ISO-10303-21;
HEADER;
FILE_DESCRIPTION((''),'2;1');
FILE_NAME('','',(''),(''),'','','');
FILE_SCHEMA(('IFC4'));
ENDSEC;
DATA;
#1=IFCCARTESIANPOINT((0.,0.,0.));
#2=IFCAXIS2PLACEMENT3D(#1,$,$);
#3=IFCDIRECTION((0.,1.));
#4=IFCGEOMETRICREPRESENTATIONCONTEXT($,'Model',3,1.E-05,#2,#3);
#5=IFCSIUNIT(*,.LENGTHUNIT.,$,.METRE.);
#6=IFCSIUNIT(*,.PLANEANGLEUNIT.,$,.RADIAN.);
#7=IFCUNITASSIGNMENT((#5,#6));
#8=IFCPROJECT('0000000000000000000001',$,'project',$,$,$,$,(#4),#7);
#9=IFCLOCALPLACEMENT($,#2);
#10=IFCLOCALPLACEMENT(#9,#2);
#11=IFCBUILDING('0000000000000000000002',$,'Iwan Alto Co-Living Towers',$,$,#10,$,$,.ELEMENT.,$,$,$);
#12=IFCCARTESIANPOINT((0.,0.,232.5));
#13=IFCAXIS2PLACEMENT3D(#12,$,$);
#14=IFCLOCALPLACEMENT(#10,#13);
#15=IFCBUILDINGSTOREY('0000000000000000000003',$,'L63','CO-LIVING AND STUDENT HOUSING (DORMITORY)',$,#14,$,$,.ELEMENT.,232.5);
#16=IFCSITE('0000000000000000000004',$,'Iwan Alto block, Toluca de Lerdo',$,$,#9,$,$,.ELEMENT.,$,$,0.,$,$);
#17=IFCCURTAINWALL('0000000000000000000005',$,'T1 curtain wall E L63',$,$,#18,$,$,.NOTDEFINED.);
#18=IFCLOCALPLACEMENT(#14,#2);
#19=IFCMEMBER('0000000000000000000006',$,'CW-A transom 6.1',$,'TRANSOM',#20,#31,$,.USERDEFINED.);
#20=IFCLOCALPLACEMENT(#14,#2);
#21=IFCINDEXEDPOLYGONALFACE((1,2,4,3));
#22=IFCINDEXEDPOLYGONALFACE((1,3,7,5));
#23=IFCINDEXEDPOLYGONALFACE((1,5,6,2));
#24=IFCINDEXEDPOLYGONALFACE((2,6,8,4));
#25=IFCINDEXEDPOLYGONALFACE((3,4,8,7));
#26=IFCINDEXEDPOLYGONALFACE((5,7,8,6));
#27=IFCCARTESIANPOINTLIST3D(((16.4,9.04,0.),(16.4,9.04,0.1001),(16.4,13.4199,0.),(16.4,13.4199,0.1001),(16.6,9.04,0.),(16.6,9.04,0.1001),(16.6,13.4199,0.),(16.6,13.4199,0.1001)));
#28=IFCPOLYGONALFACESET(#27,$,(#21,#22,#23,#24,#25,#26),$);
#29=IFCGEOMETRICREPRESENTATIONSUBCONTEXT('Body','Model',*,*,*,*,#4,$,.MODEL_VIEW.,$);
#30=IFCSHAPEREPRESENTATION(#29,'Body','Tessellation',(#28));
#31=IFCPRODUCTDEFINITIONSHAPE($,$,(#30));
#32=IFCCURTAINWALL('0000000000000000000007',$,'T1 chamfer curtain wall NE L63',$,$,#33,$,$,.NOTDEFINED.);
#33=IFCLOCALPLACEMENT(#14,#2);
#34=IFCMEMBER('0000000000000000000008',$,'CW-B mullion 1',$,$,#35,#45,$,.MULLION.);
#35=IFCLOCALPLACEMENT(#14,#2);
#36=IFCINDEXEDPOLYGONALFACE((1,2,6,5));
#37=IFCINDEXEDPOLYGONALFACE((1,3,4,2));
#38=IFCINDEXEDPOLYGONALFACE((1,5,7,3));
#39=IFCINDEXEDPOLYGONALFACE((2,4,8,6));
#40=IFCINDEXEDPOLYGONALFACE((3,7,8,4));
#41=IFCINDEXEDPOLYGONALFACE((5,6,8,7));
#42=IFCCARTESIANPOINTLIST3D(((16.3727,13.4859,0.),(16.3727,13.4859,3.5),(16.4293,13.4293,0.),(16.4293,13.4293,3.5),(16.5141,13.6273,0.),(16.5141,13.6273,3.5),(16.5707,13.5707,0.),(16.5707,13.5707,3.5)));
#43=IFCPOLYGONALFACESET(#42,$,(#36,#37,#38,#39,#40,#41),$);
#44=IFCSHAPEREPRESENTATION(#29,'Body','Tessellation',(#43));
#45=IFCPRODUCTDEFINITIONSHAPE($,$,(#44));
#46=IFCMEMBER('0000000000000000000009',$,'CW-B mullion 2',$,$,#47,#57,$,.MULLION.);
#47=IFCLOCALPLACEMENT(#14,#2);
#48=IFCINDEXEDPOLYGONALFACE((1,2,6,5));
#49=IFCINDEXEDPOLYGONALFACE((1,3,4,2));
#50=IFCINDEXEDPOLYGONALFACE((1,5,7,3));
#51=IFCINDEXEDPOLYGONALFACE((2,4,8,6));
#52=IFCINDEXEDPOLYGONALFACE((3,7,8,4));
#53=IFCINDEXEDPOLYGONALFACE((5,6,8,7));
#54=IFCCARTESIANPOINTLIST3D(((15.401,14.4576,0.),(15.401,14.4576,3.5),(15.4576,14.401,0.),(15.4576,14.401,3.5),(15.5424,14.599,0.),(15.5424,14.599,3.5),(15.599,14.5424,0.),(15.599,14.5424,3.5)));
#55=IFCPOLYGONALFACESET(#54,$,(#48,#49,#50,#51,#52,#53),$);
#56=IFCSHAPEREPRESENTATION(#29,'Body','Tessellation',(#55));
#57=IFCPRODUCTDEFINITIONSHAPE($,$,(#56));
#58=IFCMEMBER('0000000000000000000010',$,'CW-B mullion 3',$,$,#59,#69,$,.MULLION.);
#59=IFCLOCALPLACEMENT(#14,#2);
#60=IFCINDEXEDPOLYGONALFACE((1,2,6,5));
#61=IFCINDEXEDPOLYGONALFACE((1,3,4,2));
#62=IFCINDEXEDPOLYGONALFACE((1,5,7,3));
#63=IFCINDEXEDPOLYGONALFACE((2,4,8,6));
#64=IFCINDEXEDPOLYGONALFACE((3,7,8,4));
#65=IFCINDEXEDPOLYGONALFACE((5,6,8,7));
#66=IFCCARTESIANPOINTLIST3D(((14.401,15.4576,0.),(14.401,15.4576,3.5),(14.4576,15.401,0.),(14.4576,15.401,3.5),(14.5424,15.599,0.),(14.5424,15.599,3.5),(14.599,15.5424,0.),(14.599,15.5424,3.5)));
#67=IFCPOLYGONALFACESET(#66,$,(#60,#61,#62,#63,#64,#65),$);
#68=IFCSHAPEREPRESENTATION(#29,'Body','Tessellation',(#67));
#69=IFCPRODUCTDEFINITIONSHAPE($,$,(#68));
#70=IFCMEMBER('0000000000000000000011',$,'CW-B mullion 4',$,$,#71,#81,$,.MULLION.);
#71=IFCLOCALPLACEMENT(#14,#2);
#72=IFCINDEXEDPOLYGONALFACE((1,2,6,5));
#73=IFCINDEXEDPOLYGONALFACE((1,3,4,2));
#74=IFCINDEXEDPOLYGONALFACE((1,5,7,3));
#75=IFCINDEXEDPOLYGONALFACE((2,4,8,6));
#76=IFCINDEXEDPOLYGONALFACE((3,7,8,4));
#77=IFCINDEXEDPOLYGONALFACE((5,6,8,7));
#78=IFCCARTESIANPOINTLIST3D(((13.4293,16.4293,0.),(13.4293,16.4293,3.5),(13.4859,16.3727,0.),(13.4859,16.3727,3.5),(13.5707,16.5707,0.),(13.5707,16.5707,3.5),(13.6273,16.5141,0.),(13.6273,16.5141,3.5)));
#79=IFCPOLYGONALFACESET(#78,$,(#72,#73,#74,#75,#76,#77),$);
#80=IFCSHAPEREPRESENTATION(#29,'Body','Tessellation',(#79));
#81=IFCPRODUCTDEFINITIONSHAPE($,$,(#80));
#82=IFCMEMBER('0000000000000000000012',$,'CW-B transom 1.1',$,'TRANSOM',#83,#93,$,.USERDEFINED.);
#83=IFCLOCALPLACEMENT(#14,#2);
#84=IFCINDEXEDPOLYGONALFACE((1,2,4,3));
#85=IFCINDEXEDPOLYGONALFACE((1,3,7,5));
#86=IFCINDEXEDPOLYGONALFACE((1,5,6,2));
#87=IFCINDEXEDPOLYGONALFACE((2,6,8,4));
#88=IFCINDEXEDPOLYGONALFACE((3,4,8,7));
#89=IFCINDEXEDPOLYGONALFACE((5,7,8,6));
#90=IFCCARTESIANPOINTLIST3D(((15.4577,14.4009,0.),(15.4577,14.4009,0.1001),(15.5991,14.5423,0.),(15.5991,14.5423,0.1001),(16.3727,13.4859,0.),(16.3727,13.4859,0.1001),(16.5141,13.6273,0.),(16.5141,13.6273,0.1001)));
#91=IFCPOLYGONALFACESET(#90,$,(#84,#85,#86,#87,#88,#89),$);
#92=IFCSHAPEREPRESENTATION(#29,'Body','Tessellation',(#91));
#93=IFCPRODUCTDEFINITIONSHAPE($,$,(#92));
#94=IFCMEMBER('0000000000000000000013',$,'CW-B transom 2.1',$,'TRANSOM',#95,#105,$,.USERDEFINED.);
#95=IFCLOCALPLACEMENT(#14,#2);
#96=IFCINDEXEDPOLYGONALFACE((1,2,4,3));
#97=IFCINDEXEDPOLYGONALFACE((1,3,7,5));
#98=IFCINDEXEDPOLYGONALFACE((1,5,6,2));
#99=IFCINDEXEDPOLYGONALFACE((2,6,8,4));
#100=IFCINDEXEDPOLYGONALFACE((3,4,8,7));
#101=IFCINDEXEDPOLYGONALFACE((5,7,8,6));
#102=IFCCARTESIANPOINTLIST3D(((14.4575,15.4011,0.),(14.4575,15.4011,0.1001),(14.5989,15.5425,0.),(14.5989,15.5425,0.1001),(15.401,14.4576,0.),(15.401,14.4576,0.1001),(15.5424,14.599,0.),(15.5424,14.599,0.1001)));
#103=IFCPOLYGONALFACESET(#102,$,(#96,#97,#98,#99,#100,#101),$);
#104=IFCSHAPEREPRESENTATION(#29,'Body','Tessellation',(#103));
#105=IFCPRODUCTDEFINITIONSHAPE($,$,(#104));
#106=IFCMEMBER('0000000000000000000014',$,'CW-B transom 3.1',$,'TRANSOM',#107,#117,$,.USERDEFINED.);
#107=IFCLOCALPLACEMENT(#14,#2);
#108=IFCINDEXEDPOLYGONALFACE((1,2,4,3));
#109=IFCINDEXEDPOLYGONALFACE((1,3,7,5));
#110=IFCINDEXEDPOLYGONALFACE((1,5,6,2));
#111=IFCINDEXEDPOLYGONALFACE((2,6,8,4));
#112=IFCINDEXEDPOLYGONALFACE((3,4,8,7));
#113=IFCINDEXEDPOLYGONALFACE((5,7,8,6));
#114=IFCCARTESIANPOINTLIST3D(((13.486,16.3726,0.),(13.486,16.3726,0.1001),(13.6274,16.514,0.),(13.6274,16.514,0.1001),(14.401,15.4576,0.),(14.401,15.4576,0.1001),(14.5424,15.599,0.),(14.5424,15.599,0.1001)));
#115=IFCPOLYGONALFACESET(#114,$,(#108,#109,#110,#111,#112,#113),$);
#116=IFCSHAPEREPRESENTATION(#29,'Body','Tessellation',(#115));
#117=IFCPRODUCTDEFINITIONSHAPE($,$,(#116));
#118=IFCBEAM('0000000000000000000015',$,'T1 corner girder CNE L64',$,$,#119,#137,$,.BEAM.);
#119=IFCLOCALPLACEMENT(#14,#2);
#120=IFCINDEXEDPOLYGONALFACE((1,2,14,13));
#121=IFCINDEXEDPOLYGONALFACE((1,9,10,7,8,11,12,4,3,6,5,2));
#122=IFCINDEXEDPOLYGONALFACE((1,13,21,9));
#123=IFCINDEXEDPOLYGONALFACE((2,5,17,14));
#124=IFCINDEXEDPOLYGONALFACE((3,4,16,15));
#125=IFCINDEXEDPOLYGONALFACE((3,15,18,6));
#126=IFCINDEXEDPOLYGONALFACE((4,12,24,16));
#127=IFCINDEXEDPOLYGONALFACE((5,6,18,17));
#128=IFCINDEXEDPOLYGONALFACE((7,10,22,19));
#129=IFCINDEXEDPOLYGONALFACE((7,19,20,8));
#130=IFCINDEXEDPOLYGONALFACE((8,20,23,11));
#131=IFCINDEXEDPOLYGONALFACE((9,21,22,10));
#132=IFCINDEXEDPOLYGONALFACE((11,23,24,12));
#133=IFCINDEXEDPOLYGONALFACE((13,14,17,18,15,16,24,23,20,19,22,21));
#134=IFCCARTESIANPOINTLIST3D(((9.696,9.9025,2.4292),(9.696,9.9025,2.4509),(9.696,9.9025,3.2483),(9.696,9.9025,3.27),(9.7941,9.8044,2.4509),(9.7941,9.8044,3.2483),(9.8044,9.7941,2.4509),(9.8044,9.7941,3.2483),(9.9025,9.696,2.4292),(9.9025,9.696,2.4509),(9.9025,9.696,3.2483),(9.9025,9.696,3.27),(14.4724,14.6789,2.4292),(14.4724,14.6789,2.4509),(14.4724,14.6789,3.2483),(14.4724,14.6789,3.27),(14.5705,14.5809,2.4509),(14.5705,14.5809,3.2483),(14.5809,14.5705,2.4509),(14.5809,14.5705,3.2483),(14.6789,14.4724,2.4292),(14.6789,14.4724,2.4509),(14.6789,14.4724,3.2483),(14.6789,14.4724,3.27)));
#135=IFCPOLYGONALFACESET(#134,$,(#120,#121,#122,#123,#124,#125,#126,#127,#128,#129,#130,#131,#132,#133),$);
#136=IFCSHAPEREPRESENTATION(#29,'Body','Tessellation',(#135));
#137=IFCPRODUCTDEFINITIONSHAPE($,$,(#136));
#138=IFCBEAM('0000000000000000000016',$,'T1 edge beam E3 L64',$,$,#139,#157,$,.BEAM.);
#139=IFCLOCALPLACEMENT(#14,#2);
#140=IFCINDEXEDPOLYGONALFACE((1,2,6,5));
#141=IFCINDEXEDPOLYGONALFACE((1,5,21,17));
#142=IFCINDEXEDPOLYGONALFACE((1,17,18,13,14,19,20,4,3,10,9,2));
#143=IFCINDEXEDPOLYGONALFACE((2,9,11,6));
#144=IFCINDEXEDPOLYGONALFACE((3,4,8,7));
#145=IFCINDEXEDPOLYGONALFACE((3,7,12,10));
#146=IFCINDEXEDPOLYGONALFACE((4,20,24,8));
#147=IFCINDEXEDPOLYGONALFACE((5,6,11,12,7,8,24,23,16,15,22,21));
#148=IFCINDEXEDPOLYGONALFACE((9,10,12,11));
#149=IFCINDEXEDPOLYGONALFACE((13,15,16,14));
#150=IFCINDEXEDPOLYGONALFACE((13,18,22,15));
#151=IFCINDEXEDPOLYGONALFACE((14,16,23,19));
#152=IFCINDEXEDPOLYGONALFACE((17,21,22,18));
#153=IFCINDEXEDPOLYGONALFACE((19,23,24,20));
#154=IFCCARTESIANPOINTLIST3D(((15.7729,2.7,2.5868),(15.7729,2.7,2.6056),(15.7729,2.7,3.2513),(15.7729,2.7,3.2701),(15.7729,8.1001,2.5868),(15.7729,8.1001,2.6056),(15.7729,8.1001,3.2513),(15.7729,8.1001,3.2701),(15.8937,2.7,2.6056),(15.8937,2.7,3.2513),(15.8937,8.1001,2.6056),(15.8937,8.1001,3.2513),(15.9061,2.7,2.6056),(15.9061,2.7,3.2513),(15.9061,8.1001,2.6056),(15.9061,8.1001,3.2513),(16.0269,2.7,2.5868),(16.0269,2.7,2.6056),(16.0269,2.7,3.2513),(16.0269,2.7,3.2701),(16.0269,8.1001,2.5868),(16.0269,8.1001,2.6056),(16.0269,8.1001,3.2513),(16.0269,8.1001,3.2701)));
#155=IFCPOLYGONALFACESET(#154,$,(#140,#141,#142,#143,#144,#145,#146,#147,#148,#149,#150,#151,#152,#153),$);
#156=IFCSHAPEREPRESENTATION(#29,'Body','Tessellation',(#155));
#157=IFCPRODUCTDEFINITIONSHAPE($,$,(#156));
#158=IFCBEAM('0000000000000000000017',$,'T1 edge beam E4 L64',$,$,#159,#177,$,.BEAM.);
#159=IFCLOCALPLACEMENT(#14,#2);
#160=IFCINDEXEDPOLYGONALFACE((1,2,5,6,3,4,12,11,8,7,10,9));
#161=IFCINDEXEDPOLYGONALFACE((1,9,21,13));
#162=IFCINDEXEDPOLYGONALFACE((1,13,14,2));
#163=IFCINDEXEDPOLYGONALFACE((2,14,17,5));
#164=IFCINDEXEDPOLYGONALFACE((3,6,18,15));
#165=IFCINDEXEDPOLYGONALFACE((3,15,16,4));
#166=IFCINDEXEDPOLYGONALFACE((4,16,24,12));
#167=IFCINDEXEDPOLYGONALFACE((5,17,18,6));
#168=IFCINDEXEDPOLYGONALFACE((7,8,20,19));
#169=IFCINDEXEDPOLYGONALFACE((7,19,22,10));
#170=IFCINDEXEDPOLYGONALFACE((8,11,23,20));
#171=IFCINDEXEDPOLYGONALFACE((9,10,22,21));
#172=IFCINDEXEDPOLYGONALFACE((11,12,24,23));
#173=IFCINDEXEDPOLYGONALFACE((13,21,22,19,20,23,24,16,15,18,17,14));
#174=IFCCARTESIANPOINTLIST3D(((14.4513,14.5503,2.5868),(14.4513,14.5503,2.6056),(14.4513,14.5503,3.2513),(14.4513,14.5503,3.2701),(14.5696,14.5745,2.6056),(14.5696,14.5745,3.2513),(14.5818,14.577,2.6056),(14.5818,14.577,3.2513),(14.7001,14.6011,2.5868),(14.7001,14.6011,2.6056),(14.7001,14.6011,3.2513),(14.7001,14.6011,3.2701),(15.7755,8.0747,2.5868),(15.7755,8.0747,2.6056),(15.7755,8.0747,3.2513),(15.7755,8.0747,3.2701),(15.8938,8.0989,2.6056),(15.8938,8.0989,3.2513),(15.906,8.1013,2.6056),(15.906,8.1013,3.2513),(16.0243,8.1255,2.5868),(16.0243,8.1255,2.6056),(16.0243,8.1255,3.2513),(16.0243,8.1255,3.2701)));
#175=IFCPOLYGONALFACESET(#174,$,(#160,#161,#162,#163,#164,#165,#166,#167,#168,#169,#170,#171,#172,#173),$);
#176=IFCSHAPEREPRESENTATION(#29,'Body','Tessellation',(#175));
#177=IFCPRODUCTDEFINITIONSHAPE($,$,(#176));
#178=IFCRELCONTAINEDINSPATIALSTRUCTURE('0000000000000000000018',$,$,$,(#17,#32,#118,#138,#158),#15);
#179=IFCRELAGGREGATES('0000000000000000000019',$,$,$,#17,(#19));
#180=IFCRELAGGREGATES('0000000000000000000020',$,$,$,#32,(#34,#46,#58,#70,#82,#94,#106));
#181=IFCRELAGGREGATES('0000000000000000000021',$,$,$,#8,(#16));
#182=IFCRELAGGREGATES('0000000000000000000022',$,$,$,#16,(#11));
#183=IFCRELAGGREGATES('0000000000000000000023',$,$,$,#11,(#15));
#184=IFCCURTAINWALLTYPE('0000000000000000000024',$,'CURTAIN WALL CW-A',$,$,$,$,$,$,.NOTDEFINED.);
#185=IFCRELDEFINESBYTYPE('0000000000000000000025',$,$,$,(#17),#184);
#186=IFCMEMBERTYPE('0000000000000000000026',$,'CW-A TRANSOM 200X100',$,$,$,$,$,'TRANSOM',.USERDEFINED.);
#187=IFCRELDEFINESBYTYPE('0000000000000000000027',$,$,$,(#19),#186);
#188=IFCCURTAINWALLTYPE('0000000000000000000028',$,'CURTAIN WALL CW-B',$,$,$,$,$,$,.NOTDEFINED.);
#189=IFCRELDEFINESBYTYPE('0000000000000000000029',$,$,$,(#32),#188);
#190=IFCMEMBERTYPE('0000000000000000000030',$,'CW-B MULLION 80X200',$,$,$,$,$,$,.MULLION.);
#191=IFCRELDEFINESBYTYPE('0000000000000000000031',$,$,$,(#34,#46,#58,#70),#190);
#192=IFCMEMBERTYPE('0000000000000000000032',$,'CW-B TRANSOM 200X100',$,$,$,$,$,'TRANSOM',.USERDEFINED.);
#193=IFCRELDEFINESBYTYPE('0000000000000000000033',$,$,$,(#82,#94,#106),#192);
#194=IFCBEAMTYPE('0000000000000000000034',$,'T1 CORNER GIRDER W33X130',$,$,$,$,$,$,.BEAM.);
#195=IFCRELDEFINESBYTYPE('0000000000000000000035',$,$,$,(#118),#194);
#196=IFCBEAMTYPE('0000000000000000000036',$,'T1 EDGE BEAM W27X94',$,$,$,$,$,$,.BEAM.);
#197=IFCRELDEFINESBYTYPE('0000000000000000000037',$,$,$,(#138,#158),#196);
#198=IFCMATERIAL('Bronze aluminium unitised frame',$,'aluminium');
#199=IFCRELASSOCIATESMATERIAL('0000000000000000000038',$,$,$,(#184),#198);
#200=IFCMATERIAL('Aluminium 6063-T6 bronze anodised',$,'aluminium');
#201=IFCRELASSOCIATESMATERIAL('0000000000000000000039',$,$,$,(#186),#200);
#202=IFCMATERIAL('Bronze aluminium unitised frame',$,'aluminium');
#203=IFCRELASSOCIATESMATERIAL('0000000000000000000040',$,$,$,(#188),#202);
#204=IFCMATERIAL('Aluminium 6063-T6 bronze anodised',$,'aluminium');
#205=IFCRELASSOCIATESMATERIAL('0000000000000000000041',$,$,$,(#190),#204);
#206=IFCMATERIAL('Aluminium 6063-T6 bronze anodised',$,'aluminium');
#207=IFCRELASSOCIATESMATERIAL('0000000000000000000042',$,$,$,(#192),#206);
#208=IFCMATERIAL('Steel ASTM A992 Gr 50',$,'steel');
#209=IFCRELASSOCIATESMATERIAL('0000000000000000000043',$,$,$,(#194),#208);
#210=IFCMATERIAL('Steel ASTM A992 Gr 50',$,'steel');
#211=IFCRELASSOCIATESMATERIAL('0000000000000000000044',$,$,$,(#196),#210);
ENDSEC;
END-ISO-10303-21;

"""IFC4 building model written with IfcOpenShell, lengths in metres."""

from ifc_helpers import new_model, si_unit, direction, frame, origin, origin_2d, place, context, subcontext, project, spatial, rectangle, i_section, extrude, material, material_profile, profile_set, type_object, element, aggregate, save


model = new_model("IFC4")

# Units and contexts
model_context = context("Model", 3, precision=1e-05, world=origin(), true_north=direction((0.0, 1.0)))
body_context = subcontext(model_context, "Body", "Model", "MODEL_VIEW")
ifc_project = project(units=[si_unit("LENGTHUNIT", "METRE"), si_unit("PLANEANGLEUNIT", "RADIAN")], contexts=[model_context])

# Site, building, storey
site_placement = place(None, origin())
site = spatial("IfcSite", under=ifc_project, at=site_placement, Name="Iwan Alto block, Toluca de Lerdo", CompositionType="ELEMENT", RefElevation=0.0)
building_placement = place(site_placement, origin())
building = spatial("IfcBuilding", under=site, at=building_placement, Name="Iwan Alto Co-Living Towers", CompositionType="ELEMENT")
storey_placement = place(building_placement, frame((0.0, 0.0, 232.5)))
storey = spatial("IfcBuildingStorey", under=building, at=storey_placement, Name="L63", Description="CO-LIVING AND STUDENT HOUSING (DORMITORY)", CompositionType="ELEMENT", Elevation=232.5)

# Curtain wall
ifc_material_1 = material(Name="Bronze aluminium unitised frame", Category="aluminium")
curtain_wall_type_1 = type_object("IfcCurtainWallType", Name="CURTAIN WALL CW-A", PredefinedType="NOTDEFINED", material=ifc_material_1)
curtain_wall_1_placement = place(storey_placement, origin())
curtain_wall_1 = element("IfcCurtainWall", 1, at=curtain_wall_1_placement, inside=storey, type_object=curtain_wall_type_1, Name="T1 curtain wall E L63", PredefinedType="NOTDEFINED")

# Member
ifc_material_2 = material(Name="Aluminium 6063-T6 bronze anodised", Category="aluminium")
ifc_material_profile_1 = material_profile(ifc_material_2, rectangle(XDim=0.2, YDim=0.1001, at=origin_2d()), Name="AL 200X100")
ifc_profile_set_1 = profile_set([ifc_material_profile_1], Name="Aluminium 6063-T6 bronze anodised")
member_type_1 = type_object("IfcMemberType", Name="CW-A TRANSOM 200X100", ElementType="TRANSOM", PredefinedType="USERDEFINED", material=ifc_profile_set_1)
member_1_placement = place(storey_placement, frame((16.5, 9.04, 0.05), z_axis=(0.0, 1.0, 0.0), x_axis=(-1.0, 0.0, 0.0)))
member_1 = element("IfcMember", 2, at=member_1_placement, type_object=member_type_1, Name="CW-A transom 6.1", ObjectType="TRANSOM", PredefinedType="USERDEFINED", context=body_context, shape_type="SweptSolid", body=[
    extrude(rectangle(XDim=0.2, YDim=0.1001, at=origin_2d()), origin(), (0.0, 0.0, 1.0), 4.3799),
])

# Curtain wall, members
ifc_material_3 = material(Name="Bronze aluminium unitised frame", Category="aluminium")
curtain_wall_type_2 = type_object("IfcCurtainWallType", Name="CURTAIN WALL CW-B", PredefinedType="NOTDEFINED", material=ifc_material_3)
curtain_wall_2_placement = place(storey_placement, origin())
curtain_wall_2 = element("IfcCurtainWall", 3, at=curtain_wall_2_placement, inside=storey, type_object=curtain_wall_type_2, Name="T1 chamfer curtain wall NE L63", PredefinedType="NOTDEFINED")
ifc_material_4 = material(Name="Aluminium 6063-T6 bronze anodised", Category="aluminium")
ifc_material_profile_2 = material_profile(ifc_material_4, rectangle(XDim=0.2, YDim=0.0801, at=origin_2d()), Name="AL 80X200")
ifc_profile_set_2 = profile_set([ifc_material_profile_2], Name="Aluminium 6063-T6 bronze anodised")
member_type_2 = type_object("IfcMemberType", Name="CW-B MULLION 80X200", PredefinedType="MULLION", material=ifc_profile_set_2)
member_2_placement = place(storey_placement, frame((16.4717, 13.5283, 0.0), z_axis=(0.0, 0.0, 1.0), x_axis=(-0.707107, -0.707107, 0.0)))
member_2 = element("IfcMember", 4, at=member_2_placement, type_object=member_type_2, Name="CW-B mullion 1", PredefinedType="MULLION", context=body_context, shape_type="SweptSolid", body=[
    extrude(rectangle(XDim=0.2, YDim=0.0801, at=origin_2d()), origin(), (0.0, 0.0, 1.0), 3.5),
])
member_3_placement = place(storey_placement, frame((15.5, 14.5, 0.0), z_axis=(0.0, 0.0, 1.0), x_axis=(-0.707107, -0.707107, 0.0)))
member_3 = element("IfcMember", 5, at=member_3_placement, type_object=member_type_2, Name="CW-B mullion 2", PredefinedType="MULLION", context=body_context, shape_type="SweptSolid", body=[
    extrude(rectangle(XDim=0.2, YDim=0.0801, at=origin_2d()), origin(), (0.0, 0.0, 1.0), 3.5),
])
member_4_placement = place(storey_placement, frame((14.5, 15.5, 0.0), z_axis=(0.0, 0.0, 1.0), x_axis=(-0.707107, -0.707107, 0.0)))
member_4 = element("IfcMember", 6, at=member_4_placement, type_object=member_type_2, Name="CW-B mullion 3", PredefinedType="MULLION", context=body_context, shape_type="SweptSolid", body=[
    extrude(rectangle(XDim=0.2, YDim=0.0801, at=origin_2d()), origin(), (0.0, 0.0, 1.0), 3.5),
])
member_5_placement = place(storey_placement, frame((13.5283, 16.4717, 0.0), z_axis=(0.0, 0.0, 1.0), x_axis=(-0.707107, -0.707107, 0.0)))
member_5 = element("IfcMember", 7, at=member_5_placement, type_object=member_type_2, Name="CW-B mullion 4", PredefinedType="MULLION", context=body_context, shape_type="SweptSolid", body=[
    extrude(rectangle(XDim=0.2, YDim=0.0801, at=origin_2d()), origin(), (0.0, 0.0, 1.0), 3.5),
])
ifc_material_5 = material(Name="Aluminium 6063-T6 bronze anodised", Category="aluminium")
ifc_material_profile_3 = material_profile(ifc_material_5, rectangle(XDim=0.2, YDim=0.1001, at=origin_2d()), Name="AL 200X100")
ifc_profile_set_3 = profile_set([ifc_material_profile_3], Name="Aluminium 6063-T6 bronze anodised")
member_type_3 = type_object("IfcMemberType", Name="CW-B TRANSOM 200X100", ElementType="TRANSOM", PredefinedType="USERDEFINED", material=ifc_profile_set_3)
member_6_placement = place(storey_placement, frame((16.4434, 13.5566, 0.05), z_axis=(-0.707107, 0.707107, 0.0), x_axis=(-0.707107, -0.707107, 0.0)))
member_6 = element("IfcMember", 8, at=member_6_placement, type_object=member_type_3, Name="CW-B transom 1.1", ObjectType="TRANSOM", PredefinedType="USERDEFINED", context=body_context, shape_type="SweptSolid", body=[
    extrude(rectangle(XDim=0.2, YDim=0.1001, at=origin_2d()), origin(), (0.0, 0.0, 1.0), 1.2939),
])
member_7_placement = place(storey_placement, frame((15.4717, 14.5283, 0.05), z_axis=(-0.707107, 0.707107, 0.0), x_axis=(-0.707107, -0.707107, 0.0)))
member_7 = element("IfcMember", 9, at=member_7_placement, type_object=member_type_3, Name="CW-B transom 2.1", ObjectType="TRANSOM", PredefinedType="USERDEFINED", context=body_context, shape_type="SweptSolid", body=[
    extrude(rectangle(XDim=0.2, YDim=0.1001, at=origin_2d()), origin(), (0.0, 0.0, 1.0), 1.3342),
])
member_8_placement = place(storey_placement, frame((14.4717, 15.5283, 0.05), z_axis=(-0.707107, 0.707107, 0.0), x_axis=(-0.707107, -0.707107, 0.0)))
member_8 = element("IfcMember", 10, at=member_8_placement, type_object=member_type_3, Name="CW-B transom 3.1", ObjectType="TRANSOM", PredefinedType="USERDEFINED", context=body_context, shape_type="SweptSolid", body=[
    extrude(rectangle(XDim=0.2, YDim=0.1001, at=origin_2d()), origin(), (0.0, 0.0, 1.0), 1.2939),
])

# Beams
ifc_material_6 = material(Name="Steel ASTM A992 Gr 50", Category="steel")
ifc_material_profile_4 = material_profile(ifc_material_6, i_section(OverallWidth=0.292, OverallDepth=0.8408, WebThickness=0.0146, FlangeThickness=0.0217, at=origin_2d()), Name="W33X130")
ifc_profile_set_4 = profile_set([ifc_material_profile_4], Name="Steel ASTM A992 Gr 50")
beam_type_1 = type_object("IfcBeamType", Name="T1 CORNER GIRDER W33X130", PredefinedType="BEAM", material=ifc_profile_set_4)
beam_1_placement = place(storey_placement, frame((14.5757, 14.5757, 2.8496), z_axis=(-0.707107, -0.707107, 0.0), x_axis=(0.707107, -0.707107, 0.0)))
element("IfcBeam", 11, at=beam_1_placement, inside=storey, type_object=beam_type_1, Name="T1 corner girder CNE L64", PredefinedType="BEAM", context=body_context, shape_type="SweptSolid", body=[
    extrude(i_section(OverallWidth=0.292, OverallDepth=0.8408, WebThickness=0.0146, FlangeThickness=0.0217, at=origin_2d()), origin(), (0.0, 0.0, 1.0), 6.7549),
])
ifc_material_7 = material(Name="Steel ASTM A992 Gr 50", Category="steel")
ifc_material_profile_5 = material_profile(ifc_material_7, i_section(OverallWidth=0.2539, OverallDepth=0.6833, WebThickness=0.0125, FlangeThickness=0.0188, at=origin_2d()), Name="W27X94")
ifc_profile_set_5 = profile_set([ifc_material_profile_5], Name="Steel ASTM A992 Gr 50")
beam_type_2 = type_object("IfcBeamType", Name="T1 EDGE BEAM W27X94", PredefinedType="BEAM", material=ifc_profile_set_5)
beam_2_placement = place(storey_placement, frame((15.8999, 2.7, 2.9285), z_axis=(0.0, 1.0, 0.0), x_axis=(-1.0, 0.0, 0.0)))
element("IfcBeam", 12, at=beam_2_placement, inside=storey, type_object=beam_type_2, Name="T1 edge beam E3 L64", PredefinedType="BEAM", context=body_context, shape_type="SweptSolid", body=[
    extrude(i_section(OverallWidth=0.2539, OverallDepth=0.6833, WebThickness=0.0125, FlangeThickness=0.0188, at=origin_2d()), origin(), (0.0, 0.0, 1.0), 5.4001),
])
for number, where, z_axis, x_axis, name in (
    (13, (15.8999, 8.1001, 2.9285), (-0.200348, 0.979725, 0.0), (-0.979725, -0.200348, 0.0), "T1 edge beam E4 L64"),
):
    element("IfcBeam", number, at=place(storey_placement, frame(where, z_axis=z_axis, x_axis=x_axis)), inside=storey, type_object=beam_type_2, Name=name, PredefinedType="BEAM", context=body_context, shape_type="SweptSolid", body=[
        extrude(i_section(OverallWidth=0.2539, OverallDepth=0.6833, WebThickness=0.0125, FlangeThickness=0.0188, at=origin_2d()), origin(), (0.0, 0.0, 1.0), 6.6096),
    ])

aggregate(curtain_wall_1, [member_1])
aggregate(curtain_wall_2, [member_2, member_3, member_4, member_5, member_6, member_7, member_8])

save(model, "model.ifc")
